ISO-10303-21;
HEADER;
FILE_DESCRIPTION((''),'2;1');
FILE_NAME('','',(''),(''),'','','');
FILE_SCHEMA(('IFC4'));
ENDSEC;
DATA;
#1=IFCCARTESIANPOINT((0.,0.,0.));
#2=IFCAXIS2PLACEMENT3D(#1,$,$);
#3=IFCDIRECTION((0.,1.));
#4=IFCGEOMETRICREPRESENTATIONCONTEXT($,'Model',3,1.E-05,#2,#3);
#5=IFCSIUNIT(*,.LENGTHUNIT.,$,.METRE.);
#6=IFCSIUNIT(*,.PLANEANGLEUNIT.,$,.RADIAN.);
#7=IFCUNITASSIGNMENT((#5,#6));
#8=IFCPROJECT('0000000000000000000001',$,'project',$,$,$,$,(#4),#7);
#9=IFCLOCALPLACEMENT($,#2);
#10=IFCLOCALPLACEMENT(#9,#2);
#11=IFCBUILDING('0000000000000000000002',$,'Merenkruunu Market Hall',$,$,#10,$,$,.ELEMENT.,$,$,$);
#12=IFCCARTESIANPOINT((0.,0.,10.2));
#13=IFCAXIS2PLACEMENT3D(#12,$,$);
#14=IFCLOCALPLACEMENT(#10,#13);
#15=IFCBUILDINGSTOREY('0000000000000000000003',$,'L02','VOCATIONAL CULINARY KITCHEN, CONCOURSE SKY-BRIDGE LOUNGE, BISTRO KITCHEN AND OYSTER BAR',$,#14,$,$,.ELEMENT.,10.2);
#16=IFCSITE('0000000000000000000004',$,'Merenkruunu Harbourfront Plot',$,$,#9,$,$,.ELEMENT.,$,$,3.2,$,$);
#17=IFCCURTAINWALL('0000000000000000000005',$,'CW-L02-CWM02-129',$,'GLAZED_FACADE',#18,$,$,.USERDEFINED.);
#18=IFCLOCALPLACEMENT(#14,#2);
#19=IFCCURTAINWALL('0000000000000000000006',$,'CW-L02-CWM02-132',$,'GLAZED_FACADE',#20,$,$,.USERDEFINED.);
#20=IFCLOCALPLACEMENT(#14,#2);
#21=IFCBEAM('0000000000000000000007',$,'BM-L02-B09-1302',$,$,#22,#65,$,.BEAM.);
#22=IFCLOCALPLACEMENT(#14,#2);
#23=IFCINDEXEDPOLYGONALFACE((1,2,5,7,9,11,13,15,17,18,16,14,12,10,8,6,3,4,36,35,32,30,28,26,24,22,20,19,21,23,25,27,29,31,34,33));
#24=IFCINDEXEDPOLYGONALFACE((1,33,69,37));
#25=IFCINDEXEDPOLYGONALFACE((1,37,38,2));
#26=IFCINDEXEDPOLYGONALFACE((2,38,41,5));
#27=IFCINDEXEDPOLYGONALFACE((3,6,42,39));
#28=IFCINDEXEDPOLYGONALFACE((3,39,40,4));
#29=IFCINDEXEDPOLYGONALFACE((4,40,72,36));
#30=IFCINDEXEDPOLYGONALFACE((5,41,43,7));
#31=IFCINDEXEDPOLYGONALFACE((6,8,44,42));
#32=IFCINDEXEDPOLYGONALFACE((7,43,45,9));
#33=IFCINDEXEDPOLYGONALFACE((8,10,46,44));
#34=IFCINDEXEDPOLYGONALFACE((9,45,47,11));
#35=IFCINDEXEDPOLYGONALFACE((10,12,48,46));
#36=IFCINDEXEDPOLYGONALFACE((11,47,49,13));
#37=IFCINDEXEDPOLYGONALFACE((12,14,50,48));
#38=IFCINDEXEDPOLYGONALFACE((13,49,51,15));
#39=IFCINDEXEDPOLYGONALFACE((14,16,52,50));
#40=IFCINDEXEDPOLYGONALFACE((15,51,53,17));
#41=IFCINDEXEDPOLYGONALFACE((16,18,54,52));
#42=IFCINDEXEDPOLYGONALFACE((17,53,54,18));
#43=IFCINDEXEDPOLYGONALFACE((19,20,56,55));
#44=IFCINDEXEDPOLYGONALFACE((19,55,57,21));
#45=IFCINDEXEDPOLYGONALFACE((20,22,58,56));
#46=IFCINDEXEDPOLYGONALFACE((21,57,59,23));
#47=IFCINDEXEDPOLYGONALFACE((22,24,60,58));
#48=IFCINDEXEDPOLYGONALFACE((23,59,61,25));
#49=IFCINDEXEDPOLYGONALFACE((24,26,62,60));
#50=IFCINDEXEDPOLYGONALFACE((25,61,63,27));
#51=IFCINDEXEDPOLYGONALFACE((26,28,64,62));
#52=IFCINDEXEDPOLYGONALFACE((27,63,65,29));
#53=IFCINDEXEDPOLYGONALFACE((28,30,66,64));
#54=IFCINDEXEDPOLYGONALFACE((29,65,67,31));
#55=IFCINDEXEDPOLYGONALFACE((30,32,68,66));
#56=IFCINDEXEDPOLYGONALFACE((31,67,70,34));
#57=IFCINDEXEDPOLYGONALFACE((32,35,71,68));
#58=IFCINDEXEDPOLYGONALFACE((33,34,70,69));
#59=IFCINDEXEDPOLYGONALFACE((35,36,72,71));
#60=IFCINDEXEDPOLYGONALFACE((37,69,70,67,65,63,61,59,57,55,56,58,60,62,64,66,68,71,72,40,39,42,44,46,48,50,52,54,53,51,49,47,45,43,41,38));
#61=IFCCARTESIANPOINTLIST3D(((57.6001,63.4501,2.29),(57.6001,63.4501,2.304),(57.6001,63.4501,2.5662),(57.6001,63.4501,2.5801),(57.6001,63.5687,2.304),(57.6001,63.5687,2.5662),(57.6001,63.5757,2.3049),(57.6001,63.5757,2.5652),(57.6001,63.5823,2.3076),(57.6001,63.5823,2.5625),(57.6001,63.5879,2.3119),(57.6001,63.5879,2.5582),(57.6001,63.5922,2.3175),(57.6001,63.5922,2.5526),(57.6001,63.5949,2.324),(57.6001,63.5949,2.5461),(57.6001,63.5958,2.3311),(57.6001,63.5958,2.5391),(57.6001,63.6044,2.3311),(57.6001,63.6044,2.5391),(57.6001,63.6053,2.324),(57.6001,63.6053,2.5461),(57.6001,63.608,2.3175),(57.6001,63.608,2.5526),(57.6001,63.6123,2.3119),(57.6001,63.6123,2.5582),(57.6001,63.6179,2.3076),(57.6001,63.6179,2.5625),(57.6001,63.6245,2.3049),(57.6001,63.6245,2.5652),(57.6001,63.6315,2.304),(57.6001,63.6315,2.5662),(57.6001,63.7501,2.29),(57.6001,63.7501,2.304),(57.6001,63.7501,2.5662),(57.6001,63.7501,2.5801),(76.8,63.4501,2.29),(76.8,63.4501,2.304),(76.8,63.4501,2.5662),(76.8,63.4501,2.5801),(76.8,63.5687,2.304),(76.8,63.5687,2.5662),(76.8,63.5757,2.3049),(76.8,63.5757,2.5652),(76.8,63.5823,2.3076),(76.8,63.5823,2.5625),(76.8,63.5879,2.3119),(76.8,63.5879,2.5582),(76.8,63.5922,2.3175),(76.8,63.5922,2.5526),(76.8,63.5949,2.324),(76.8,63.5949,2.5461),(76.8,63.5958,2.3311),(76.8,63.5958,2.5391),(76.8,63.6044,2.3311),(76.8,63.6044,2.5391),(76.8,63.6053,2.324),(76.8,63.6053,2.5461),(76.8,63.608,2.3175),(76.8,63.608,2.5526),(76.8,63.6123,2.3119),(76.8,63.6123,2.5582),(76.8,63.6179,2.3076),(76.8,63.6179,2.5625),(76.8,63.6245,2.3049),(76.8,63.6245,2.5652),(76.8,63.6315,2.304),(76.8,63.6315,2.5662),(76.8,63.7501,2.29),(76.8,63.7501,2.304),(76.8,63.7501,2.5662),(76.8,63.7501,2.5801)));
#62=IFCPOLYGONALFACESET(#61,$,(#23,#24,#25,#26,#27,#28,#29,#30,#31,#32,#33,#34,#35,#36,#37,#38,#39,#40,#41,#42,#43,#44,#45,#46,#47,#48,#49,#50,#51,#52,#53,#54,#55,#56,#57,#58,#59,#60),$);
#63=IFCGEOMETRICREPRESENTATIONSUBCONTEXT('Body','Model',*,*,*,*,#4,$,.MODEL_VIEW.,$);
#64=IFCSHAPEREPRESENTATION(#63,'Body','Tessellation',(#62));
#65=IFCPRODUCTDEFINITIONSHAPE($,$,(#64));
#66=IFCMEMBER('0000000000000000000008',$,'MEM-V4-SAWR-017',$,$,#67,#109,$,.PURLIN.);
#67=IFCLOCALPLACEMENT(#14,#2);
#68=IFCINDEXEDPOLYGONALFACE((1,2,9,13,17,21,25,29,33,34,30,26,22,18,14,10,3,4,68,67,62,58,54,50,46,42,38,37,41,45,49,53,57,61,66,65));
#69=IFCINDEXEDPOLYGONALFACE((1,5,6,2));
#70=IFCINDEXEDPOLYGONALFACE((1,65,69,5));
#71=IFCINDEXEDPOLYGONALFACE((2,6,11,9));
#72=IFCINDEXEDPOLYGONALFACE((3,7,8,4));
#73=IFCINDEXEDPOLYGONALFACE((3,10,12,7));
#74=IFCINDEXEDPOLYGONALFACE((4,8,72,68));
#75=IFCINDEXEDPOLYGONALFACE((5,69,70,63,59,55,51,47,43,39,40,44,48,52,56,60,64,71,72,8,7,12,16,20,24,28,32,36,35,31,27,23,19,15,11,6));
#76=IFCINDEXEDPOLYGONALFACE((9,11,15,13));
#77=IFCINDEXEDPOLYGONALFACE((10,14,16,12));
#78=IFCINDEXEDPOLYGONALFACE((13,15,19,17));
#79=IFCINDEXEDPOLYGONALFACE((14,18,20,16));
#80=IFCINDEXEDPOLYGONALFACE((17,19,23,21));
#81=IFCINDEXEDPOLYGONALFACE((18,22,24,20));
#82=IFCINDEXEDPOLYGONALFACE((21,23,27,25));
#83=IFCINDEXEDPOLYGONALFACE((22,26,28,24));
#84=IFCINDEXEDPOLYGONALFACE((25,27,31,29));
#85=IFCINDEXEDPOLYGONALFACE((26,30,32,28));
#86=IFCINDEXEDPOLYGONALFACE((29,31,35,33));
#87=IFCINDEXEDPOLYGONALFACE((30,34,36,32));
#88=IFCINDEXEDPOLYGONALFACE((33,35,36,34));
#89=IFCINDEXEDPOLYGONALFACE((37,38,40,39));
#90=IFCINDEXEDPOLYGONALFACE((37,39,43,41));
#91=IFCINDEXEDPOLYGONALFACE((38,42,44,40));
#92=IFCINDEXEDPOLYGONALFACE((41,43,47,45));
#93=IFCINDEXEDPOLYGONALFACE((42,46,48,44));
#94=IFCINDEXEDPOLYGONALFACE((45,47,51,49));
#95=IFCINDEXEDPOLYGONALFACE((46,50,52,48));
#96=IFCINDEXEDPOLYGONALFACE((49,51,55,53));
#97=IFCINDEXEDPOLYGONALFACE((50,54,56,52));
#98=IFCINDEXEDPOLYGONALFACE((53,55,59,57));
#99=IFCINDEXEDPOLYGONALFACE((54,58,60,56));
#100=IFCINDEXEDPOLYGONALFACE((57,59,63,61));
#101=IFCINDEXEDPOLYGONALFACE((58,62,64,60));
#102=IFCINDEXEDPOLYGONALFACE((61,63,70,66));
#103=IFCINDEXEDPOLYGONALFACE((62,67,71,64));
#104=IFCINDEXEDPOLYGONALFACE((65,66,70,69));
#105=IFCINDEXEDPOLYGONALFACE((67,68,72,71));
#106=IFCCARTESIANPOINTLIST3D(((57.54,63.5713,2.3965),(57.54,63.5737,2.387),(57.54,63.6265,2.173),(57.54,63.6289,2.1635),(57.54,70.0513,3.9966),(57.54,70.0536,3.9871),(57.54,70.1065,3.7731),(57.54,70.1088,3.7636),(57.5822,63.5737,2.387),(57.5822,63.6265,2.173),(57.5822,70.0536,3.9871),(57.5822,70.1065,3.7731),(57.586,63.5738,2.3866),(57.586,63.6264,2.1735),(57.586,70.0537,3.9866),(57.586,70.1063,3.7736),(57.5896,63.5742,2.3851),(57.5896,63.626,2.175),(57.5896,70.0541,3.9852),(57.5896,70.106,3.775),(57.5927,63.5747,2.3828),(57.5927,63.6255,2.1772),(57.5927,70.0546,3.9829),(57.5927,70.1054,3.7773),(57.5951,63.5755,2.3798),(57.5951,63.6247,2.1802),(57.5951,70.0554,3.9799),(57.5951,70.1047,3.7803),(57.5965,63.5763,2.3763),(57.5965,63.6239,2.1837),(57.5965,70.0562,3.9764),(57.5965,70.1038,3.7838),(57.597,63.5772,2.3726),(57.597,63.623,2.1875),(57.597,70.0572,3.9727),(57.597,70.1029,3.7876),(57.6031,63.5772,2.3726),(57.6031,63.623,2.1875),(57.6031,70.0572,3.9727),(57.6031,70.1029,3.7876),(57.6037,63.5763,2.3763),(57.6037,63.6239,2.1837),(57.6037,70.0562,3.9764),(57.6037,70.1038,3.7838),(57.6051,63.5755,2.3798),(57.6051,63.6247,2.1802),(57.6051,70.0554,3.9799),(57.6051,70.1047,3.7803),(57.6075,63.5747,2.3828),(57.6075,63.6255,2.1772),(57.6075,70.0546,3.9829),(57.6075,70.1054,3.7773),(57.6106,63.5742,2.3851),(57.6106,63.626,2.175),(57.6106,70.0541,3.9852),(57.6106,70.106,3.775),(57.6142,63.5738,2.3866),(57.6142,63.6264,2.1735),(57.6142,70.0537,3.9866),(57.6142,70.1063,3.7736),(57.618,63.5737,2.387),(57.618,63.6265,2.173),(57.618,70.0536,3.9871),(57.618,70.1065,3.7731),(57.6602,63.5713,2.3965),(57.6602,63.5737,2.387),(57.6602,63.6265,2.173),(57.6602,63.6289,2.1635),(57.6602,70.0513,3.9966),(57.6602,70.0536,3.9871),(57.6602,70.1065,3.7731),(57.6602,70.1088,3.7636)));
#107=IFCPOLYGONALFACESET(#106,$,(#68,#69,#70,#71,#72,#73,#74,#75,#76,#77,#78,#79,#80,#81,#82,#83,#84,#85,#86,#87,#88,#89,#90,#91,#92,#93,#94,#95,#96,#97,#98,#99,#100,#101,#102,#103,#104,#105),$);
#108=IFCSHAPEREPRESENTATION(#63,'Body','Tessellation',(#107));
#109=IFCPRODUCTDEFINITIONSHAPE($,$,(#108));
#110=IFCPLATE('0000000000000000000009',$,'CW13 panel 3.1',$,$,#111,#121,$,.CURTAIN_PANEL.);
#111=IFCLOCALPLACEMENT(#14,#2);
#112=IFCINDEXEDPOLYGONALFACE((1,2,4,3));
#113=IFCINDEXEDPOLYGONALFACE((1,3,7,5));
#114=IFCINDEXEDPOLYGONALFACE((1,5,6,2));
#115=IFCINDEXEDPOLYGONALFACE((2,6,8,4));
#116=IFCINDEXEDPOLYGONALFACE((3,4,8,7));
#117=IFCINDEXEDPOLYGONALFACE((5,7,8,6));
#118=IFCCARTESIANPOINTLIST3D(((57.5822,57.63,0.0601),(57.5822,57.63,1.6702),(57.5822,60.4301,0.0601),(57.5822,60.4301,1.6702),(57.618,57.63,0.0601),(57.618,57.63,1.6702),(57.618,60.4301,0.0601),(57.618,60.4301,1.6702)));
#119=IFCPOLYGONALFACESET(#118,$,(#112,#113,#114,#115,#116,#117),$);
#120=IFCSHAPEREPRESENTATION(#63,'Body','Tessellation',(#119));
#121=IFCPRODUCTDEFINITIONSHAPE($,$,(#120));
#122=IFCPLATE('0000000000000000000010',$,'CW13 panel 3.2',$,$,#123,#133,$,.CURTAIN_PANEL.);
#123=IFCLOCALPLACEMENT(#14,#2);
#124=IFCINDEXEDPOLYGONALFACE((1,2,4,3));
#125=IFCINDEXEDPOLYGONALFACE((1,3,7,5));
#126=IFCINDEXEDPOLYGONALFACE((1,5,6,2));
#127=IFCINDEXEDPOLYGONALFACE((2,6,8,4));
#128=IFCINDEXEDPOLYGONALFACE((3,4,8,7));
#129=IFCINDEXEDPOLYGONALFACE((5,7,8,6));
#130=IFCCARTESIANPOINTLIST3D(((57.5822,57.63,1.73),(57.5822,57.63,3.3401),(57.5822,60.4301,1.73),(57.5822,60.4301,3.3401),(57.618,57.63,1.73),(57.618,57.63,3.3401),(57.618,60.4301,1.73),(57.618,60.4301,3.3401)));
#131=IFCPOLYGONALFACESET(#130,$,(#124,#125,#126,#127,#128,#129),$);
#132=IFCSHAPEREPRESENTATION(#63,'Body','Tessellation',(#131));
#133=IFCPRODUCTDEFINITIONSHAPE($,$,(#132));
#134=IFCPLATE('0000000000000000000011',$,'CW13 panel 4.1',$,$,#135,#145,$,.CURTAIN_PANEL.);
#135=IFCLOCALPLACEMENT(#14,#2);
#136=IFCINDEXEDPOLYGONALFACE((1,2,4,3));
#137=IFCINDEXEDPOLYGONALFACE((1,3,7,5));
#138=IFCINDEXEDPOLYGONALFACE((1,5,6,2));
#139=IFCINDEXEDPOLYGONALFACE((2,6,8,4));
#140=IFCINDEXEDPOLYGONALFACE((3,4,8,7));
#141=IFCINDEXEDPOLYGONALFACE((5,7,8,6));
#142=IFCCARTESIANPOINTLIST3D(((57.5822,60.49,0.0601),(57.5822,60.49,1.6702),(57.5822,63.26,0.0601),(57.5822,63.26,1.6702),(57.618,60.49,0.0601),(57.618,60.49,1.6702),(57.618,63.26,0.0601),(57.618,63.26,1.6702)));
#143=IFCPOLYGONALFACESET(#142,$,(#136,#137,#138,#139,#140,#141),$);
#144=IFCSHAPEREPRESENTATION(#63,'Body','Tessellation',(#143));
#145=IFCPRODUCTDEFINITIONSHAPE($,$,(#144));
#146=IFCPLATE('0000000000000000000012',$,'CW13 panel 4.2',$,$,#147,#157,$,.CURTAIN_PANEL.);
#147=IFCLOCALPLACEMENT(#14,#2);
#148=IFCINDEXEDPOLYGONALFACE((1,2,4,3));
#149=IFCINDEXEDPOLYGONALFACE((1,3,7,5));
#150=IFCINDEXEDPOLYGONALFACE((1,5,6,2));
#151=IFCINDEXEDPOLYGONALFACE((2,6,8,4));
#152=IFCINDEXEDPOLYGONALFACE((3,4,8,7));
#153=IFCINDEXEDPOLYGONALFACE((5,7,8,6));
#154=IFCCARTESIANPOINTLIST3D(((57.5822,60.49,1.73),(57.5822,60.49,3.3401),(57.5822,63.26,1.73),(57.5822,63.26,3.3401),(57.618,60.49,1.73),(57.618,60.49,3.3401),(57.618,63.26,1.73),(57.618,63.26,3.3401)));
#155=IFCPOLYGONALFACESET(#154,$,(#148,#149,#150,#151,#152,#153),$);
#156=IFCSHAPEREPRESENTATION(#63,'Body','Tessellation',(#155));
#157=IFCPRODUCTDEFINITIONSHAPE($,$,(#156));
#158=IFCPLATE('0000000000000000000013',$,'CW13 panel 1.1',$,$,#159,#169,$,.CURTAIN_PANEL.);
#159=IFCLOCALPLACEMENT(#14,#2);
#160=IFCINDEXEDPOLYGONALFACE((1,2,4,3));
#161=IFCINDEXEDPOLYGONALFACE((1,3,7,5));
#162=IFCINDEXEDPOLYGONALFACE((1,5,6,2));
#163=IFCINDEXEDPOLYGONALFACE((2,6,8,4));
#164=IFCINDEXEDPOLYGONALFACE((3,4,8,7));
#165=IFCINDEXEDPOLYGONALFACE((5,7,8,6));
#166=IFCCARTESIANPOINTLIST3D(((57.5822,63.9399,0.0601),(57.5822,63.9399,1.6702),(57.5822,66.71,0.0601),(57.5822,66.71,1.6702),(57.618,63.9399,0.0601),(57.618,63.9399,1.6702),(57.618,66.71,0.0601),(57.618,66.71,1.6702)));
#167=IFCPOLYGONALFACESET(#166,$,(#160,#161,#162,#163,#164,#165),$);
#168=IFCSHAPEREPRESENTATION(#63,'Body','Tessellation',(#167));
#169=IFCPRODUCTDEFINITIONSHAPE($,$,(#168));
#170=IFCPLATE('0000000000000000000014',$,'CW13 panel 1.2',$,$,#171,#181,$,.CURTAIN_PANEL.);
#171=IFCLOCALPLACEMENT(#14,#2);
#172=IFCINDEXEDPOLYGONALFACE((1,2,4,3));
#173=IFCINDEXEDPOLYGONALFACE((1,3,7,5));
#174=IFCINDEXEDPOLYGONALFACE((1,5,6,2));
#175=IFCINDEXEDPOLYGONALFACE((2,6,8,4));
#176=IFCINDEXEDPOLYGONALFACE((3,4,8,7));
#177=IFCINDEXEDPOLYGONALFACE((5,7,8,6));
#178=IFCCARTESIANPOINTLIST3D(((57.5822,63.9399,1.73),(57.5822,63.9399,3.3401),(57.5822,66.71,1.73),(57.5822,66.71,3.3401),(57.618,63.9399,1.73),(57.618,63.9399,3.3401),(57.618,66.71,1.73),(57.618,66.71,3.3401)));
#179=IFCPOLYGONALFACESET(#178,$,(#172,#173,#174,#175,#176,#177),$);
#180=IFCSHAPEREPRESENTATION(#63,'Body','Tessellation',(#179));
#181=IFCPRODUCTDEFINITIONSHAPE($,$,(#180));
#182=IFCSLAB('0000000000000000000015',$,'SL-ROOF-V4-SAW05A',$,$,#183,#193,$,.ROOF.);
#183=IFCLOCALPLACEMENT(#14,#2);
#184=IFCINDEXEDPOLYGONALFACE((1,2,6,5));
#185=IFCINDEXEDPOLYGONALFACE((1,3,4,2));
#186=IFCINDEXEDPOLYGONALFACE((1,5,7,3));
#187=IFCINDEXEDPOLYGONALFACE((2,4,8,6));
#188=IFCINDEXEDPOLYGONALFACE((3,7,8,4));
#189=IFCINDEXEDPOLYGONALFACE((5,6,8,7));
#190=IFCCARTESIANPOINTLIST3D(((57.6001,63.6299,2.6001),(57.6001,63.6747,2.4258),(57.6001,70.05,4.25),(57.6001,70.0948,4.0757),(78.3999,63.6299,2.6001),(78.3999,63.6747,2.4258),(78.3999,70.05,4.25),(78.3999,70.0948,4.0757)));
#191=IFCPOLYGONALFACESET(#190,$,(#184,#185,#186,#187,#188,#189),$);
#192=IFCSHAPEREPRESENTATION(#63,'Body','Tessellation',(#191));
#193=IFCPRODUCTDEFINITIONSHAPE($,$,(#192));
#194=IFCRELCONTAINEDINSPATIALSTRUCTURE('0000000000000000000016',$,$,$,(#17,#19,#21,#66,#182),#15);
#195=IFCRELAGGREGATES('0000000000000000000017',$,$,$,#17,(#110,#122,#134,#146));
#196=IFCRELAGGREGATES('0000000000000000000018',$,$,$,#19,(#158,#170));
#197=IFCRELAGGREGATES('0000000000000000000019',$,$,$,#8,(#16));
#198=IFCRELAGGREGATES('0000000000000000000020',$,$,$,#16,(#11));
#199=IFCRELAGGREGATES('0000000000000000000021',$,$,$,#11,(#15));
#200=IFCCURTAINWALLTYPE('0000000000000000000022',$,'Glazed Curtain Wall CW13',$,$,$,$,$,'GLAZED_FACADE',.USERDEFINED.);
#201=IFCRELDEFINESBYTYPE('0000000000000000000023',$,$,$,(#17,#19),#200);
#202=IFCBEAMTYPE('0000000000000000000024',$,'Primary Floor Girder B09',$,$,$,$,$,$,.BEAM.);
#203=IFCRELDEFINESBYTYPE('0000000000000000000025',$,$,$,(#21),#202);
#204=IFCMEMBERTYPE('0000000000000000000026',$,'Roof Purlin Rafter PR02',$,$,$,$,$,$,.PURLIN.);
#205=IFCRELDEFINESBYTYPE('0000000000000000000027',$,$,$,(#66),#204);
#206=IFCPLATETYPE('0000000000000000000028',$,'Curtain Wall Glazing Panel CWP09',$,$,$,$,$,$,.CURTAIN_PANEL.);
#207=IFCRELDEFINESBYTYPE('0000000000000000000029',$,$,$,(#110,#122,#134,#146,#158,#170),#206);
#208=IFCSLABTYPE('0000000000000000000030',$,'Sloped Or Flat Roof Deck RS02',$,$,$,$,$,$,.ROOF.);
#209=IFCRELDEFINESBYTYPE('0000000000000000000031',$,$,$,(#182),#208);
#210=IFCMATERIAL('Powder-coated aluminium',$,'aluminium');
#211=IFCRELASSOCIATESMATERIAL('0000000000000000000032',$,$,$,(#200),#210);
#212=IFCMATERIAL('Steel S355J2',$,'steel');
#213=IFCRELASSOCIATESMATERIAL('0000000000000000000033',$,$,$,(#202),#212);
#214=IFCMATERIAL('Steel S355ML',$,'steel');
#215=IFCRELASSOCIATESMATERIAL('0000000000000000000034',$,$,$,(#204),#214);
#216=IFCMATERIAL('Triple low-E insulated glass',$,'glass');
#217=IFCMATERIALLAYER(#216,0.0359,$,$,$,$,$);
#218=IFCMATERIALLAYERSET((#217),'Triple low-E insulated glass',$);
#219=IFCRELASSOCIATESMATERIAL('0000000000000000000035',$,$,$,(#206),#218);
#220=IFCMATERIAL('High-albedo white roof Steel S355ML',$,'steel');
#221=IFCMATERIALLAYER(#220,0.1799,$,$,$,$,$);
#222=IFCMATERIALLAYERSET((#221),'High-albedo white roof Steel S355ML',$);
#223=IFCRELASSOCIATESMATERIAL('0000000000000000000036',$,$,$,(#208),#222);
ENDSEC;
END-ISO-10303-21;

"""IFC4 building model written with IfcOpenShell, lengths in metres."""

from ifc_helpers import new_model, si_unit, direction, frame, origin, origin_2d, place, context, subcontext, project, spatial, polyline, rectangle, i_section, outline, extrude, material, layer, layer_set, material_profile, profile_set, type_object, element, aggregate, save


model = new_model("IFC4")

# Units and contexts
model_context = context("Model", 3, precision=1e-05, world=origin(), true_north=direction((0.0, 1.0)))
body_context = subcontext(model_context, "Body", "Model", "MODEL_VIEW")
ifc_project = project(units=[si_unit("LENGTHUNIT", "METRE"), si_unit("PLANEANGLEUNIT", "RADIAN")], contexts=[model_context])

# Site, building, storey
site_placement = place(None, origin())
site = spatial("IfcSite", under=ifc_project, at=site_placement, Name="Merenkruunu Harbourfront Plot", CompositionType="ELEMENT", RefElevation=3.2)
building_placement = place(site_placement, origin())
building = spatial("IfcBuilding", under=site, at=building_placement, Name="Merenkruunu Market Hall", CompositionType="ELEMENT")
storey_placement = place(building_placement, frame((0.0, 0.0, 10.2)))
storey = spatial("IfcBuildingStorey", under=building, at=storey_placement, Name="L02", Description="VOCATIONAL CULINARY KITCHEN, CONCOURSE SKY-BRIDGE LOUNGE, BISTRO KITCHEN AND OYSTER BAR", CompositionType="ELEMENT", Elevation=10.2)

# Shared definitions
ifc_material_1 = material(Name="Steel S355ML", Category="steel")

# Curtain walls
ifc_material_2 = material(Name="Powder-coated aluminium", Category="aluminium")
curtain_wall_type = type_object("IfcCurtainWallType", Name="Glazed Curtain Wall CW13", ElementType="GLAZED_FACADE", PredefinedType="USERDEFINED", material=ifc_material_2)
curtain_wall_1_placement = place(storey_placement, origin())
curtain_wall_1 = element("IfcCurtainWall", 1, at=curtain_wall_1_placement, inside=storey, type_object=curtain_wall_type, Name="CW-L02-CWM02-129", ObjectType="GLAZED_FACADE", PredefinedType="USERDEFINED")
curtain_wall_2_placement = place(storey_placement, origin())
curtain_wall_2 = element("IfcCurtainWall", 2, at=curtain_wall_2_placement, inside=storey, type_object=curtain_wall_type, Name="CW-L02-CWM02-132", ObjectType="GLAZED_FACADE", PredefinedType="USERDEFINED")

# Beam
ifc_material_3 = material(Name="Steel S355J2", Category="steel")
ifc_material_profile_1 = material_profile(ifc_material_3, i_section(OverallWidth=0.3, OverallDepth=0.29, WebThickness=0.0085, FlangeThickness=0.0139, FilletRadius=0.0271, at=origin_2d()), Name="HEA 300")
ifc_profile_set_1 = profile_set([ifc_material_profile_1], Name="Steel S355J2")
beam_type_1 = type_object("IfcBeamType", Name="Primary Floor Girder B09", PredefinedType="BEAM", material=ifc_profile_set_1)
beam_1_placement = place(storey_placement, frame((57.6001, 63.6001, 2.4351), z_axis=(1.0, 0.0, 0.0), x_axis=(0.0, 1.0, 0.0)))
element("IfcBeam", 3, at=beam_1_placement, inside=storey, type_object=beam_type_1, Name="BM-L02-B09-1302", PredefinedType="BEAM", context=body_context, shape_type="SweptSolid", body=[
    extrude(i_section(OverallWidth=0.3, OverallDepth=0.29, WebThickness=0.0085, FlangeThickness=0.0139, FilletRadius=0.0271, at=origin_2d()), origin(), (0.0, 0.0, 1.0), 19.2),
])

# Member
ifc_material_profile_2 = material_profile(ifc_material_1, i_section(OverallWidth=0.1201, OverallDepth=0.24, WebThickness=0.0061, FlangeThickness=0.0098, FilletRadius=0.0149, at=origin_2d()), Name="IPE 240")
ifc_profile_set_2 = profile_set([ifc_material_profile_2], Name="Steel S355ML")
member_type_1 = type_object("IfcMemberType", Name="Roof Purlin Rafter PR02", PredefinedType="PURLIN", material=ifc_profile_set_2)
member_1_placement = place(storey_placement, frame((57.6001, 63.6001, 2.28), z_axis=(0.0, 0.97084, 0.239729), x_axis=(-1.0, 0.0, 0.0)))
element("IfcMember", 4, at=member_1_placement, inside=storey, type_object=member_type_1, Name="MEM-V4-SAWR-017", PredefinedType="PURLIN", context=body_context, shape_type="SweptSolid", body=[
    extrude(i_section(OverallWidth=0.1201, OverallDepth=0.24, WebThickness=0.0061, FlangeThickness=0.0098, FilletRadius=0.0149, at=origin_2d()), origin(), (0.0, 0.0, 1.0), 6.6746),
])

# Plates
ifc_material_4 = material(Name="Triple low-E insulated glass", Category="glass")
ifc_layer_1 = layer(ifc_material_4, 0.0359)
ifc_layer_set_1 = layer_set([ifc_layer_1], Name="Triple low-E insulated glass")
plate_type_1 = type_object("IfcPlateType", Name="Curtain Wall Glazing Panel CWP09", PredefinedType="CURTAIN_PANEL", material=ifc_layer_set_1)
plate_1_placement = place(storey_placement, frame((57.6001, 59.03, 0.0601), z_axis=(0.0, 0.0, 1.0), x_axis=(0.0, 1.0, 0.0)))
plate_1 = element("IfcPlate", 5, at=plate_1_placement, type_object=plate_type_1, Name="CW13 panel 3.1", PredefinedType="CURTAIN_PANEL", context=body_context, shape_type="SweptSolid", body=[
    extrude(rectangle(XDim=2.8, YDim=0.0359, at=origin_2d()), origin(), (0.0, 0.0, 1.0), 1.6101),
])
plate_2_placement = place(storey_placement, frame((57.6001, 59.03, 1.73), z_axis=(0.0, 0.0, 1.0), x_axis=(0.0, 1.0, 0.0)))
plate_2 = element("IfcPlate", 6, at=plate_2_placement, type_object=plate_type_1, Name="CW13 panel 3.2", PredefinedType="CURTAIN_PANEL", context=body_context, shape_type="SweptSolid", body=[
    extrude(rectangle(XDim=2.8, YDim=0.0359, at=origin_2d()), origin(), (0.0, 0.0, 1.0), 1.6101),
])
plate_3_placement = place(storey_placement, frame((57.6001, 61.875, 0.0601), z_axis=(0.0, 0.0, 1.0), x_axis=(0.0, 1.0, 0.0)))
plate_3 = element("IfcPlate", 7, at=plate_3_placement, type_object=plate_type_1, Name="CW13 panel 4.1", PredefinedType="CURTAIN_PANEL", context=body_context, shape_type="SweptSolid", body=[
    extrude(rectangle(XDim=2.77, YDim=0.0359, at=origin_2d()), origin(), (0.0, 0.0, 1.0), 1.6101),
])
plate_4_placement = place(storey_placement, frame((57.6001, 61.875, 1.73), z_axis=(0.0, 0.0, 1.0), x_axis=(0.0, 1.0, 0.0)))
plate_4 = element("IfcPlate", 8, at=plate_4_placement, type_object=plate_type_1, Name="CW13 panel 4.2", PredefinedType="CURTAIN_PANEL", context=body_context, shape_type="SweptSolid", body=[
    extrude(rectangle(XDim=2.77, YDim=0.0359, at=origin_2d()), origin(), (0.0, 0.0, 1.0), 1.6101),
])
aggregate(curtain_wall_1, [plate_1, plate_2, plate_3, plate_4])
plate_5_placement = place(storey_placement, frame((57.6001, 65.325, 0.0601), z_axis=(0.0, 0.0, 1.0), x_axis=(0.0, 1.0, 0.0)))
plate_5 = element("IfcPlate", 9, at=plate_5_placement, type_object=plate_type_1, Name="CW13 panel 1.1", PredefinedType="CURTAIN_PANEL", context=body_context, shape_type="SweptSolid", body=[
    extrude(rectangle(XDim=2.77, YDim=0.0359, at=origin_2d()), origin(), (0.0, 0.0, 1.0), 1.6101),
])
plate_6_placement = place(storey_placement, frame((57.6001, 65.325, 1.73), z_axis=(0.0, 0.0, 1.0), x_axis=(0.0, 1.0, 0.0)))
plate_6 = element("IfcPlate", 10, at=plate_6_placement, type_object=plate_type_1, Name="CW13 panel 1.2", PredefinedType="CURTAIN_PANEL", context=body_context, shape_type="SweptSolid", body=[
    extrude(rectangle(XDim=2.77, YDim=0.0359, at=origin_2d()), origin(), (0.0, 0.0, 1.0), 1.6101),
])
aggregate(curtain_wall_2, [plate_5, plate_6])

# Slab
ifc_material_5 = material(Name="High-albedo white roof Steel S355ML", Category="steel")
ifc_layer_2 = layer(ifc_material_5, 0.1799)
ifc_layer_set_2 = layer_set([ifc_layer_2], Name="High-albedo white roof Steel S355ML")
slab_type = type_object("IfcSlabType", Name="Sloped Or Flat Roof Deck RS02", PredefinedType="ROOF", material=ifc_layer_set_2)
slab_placement = place(storey_placement, frame((57.6001, 63.6299, 2.6001), z_axis=(0.0, -0.2489, 0.968529), x_axis=(1.0, 0.0, 0.0)))
element("IfcSlab", 11, at=slab_placement, inside=storey, type_object=slab_type, Name="SL-ROOF-V4-SAW05A", PredefinedType="ROOF", context=body_context, shape_type="SweptSolid", body=[
    extrude(outline(polyline([(0.0, 0.0), (20.7998, 0.0), (20.7998, 6.6288), (0.0, 6.6288), (0.0, 0.0)])), origin(), (0.0, 0.0, -1.0), 0.1799),
])

save(model, "model.ifc")
